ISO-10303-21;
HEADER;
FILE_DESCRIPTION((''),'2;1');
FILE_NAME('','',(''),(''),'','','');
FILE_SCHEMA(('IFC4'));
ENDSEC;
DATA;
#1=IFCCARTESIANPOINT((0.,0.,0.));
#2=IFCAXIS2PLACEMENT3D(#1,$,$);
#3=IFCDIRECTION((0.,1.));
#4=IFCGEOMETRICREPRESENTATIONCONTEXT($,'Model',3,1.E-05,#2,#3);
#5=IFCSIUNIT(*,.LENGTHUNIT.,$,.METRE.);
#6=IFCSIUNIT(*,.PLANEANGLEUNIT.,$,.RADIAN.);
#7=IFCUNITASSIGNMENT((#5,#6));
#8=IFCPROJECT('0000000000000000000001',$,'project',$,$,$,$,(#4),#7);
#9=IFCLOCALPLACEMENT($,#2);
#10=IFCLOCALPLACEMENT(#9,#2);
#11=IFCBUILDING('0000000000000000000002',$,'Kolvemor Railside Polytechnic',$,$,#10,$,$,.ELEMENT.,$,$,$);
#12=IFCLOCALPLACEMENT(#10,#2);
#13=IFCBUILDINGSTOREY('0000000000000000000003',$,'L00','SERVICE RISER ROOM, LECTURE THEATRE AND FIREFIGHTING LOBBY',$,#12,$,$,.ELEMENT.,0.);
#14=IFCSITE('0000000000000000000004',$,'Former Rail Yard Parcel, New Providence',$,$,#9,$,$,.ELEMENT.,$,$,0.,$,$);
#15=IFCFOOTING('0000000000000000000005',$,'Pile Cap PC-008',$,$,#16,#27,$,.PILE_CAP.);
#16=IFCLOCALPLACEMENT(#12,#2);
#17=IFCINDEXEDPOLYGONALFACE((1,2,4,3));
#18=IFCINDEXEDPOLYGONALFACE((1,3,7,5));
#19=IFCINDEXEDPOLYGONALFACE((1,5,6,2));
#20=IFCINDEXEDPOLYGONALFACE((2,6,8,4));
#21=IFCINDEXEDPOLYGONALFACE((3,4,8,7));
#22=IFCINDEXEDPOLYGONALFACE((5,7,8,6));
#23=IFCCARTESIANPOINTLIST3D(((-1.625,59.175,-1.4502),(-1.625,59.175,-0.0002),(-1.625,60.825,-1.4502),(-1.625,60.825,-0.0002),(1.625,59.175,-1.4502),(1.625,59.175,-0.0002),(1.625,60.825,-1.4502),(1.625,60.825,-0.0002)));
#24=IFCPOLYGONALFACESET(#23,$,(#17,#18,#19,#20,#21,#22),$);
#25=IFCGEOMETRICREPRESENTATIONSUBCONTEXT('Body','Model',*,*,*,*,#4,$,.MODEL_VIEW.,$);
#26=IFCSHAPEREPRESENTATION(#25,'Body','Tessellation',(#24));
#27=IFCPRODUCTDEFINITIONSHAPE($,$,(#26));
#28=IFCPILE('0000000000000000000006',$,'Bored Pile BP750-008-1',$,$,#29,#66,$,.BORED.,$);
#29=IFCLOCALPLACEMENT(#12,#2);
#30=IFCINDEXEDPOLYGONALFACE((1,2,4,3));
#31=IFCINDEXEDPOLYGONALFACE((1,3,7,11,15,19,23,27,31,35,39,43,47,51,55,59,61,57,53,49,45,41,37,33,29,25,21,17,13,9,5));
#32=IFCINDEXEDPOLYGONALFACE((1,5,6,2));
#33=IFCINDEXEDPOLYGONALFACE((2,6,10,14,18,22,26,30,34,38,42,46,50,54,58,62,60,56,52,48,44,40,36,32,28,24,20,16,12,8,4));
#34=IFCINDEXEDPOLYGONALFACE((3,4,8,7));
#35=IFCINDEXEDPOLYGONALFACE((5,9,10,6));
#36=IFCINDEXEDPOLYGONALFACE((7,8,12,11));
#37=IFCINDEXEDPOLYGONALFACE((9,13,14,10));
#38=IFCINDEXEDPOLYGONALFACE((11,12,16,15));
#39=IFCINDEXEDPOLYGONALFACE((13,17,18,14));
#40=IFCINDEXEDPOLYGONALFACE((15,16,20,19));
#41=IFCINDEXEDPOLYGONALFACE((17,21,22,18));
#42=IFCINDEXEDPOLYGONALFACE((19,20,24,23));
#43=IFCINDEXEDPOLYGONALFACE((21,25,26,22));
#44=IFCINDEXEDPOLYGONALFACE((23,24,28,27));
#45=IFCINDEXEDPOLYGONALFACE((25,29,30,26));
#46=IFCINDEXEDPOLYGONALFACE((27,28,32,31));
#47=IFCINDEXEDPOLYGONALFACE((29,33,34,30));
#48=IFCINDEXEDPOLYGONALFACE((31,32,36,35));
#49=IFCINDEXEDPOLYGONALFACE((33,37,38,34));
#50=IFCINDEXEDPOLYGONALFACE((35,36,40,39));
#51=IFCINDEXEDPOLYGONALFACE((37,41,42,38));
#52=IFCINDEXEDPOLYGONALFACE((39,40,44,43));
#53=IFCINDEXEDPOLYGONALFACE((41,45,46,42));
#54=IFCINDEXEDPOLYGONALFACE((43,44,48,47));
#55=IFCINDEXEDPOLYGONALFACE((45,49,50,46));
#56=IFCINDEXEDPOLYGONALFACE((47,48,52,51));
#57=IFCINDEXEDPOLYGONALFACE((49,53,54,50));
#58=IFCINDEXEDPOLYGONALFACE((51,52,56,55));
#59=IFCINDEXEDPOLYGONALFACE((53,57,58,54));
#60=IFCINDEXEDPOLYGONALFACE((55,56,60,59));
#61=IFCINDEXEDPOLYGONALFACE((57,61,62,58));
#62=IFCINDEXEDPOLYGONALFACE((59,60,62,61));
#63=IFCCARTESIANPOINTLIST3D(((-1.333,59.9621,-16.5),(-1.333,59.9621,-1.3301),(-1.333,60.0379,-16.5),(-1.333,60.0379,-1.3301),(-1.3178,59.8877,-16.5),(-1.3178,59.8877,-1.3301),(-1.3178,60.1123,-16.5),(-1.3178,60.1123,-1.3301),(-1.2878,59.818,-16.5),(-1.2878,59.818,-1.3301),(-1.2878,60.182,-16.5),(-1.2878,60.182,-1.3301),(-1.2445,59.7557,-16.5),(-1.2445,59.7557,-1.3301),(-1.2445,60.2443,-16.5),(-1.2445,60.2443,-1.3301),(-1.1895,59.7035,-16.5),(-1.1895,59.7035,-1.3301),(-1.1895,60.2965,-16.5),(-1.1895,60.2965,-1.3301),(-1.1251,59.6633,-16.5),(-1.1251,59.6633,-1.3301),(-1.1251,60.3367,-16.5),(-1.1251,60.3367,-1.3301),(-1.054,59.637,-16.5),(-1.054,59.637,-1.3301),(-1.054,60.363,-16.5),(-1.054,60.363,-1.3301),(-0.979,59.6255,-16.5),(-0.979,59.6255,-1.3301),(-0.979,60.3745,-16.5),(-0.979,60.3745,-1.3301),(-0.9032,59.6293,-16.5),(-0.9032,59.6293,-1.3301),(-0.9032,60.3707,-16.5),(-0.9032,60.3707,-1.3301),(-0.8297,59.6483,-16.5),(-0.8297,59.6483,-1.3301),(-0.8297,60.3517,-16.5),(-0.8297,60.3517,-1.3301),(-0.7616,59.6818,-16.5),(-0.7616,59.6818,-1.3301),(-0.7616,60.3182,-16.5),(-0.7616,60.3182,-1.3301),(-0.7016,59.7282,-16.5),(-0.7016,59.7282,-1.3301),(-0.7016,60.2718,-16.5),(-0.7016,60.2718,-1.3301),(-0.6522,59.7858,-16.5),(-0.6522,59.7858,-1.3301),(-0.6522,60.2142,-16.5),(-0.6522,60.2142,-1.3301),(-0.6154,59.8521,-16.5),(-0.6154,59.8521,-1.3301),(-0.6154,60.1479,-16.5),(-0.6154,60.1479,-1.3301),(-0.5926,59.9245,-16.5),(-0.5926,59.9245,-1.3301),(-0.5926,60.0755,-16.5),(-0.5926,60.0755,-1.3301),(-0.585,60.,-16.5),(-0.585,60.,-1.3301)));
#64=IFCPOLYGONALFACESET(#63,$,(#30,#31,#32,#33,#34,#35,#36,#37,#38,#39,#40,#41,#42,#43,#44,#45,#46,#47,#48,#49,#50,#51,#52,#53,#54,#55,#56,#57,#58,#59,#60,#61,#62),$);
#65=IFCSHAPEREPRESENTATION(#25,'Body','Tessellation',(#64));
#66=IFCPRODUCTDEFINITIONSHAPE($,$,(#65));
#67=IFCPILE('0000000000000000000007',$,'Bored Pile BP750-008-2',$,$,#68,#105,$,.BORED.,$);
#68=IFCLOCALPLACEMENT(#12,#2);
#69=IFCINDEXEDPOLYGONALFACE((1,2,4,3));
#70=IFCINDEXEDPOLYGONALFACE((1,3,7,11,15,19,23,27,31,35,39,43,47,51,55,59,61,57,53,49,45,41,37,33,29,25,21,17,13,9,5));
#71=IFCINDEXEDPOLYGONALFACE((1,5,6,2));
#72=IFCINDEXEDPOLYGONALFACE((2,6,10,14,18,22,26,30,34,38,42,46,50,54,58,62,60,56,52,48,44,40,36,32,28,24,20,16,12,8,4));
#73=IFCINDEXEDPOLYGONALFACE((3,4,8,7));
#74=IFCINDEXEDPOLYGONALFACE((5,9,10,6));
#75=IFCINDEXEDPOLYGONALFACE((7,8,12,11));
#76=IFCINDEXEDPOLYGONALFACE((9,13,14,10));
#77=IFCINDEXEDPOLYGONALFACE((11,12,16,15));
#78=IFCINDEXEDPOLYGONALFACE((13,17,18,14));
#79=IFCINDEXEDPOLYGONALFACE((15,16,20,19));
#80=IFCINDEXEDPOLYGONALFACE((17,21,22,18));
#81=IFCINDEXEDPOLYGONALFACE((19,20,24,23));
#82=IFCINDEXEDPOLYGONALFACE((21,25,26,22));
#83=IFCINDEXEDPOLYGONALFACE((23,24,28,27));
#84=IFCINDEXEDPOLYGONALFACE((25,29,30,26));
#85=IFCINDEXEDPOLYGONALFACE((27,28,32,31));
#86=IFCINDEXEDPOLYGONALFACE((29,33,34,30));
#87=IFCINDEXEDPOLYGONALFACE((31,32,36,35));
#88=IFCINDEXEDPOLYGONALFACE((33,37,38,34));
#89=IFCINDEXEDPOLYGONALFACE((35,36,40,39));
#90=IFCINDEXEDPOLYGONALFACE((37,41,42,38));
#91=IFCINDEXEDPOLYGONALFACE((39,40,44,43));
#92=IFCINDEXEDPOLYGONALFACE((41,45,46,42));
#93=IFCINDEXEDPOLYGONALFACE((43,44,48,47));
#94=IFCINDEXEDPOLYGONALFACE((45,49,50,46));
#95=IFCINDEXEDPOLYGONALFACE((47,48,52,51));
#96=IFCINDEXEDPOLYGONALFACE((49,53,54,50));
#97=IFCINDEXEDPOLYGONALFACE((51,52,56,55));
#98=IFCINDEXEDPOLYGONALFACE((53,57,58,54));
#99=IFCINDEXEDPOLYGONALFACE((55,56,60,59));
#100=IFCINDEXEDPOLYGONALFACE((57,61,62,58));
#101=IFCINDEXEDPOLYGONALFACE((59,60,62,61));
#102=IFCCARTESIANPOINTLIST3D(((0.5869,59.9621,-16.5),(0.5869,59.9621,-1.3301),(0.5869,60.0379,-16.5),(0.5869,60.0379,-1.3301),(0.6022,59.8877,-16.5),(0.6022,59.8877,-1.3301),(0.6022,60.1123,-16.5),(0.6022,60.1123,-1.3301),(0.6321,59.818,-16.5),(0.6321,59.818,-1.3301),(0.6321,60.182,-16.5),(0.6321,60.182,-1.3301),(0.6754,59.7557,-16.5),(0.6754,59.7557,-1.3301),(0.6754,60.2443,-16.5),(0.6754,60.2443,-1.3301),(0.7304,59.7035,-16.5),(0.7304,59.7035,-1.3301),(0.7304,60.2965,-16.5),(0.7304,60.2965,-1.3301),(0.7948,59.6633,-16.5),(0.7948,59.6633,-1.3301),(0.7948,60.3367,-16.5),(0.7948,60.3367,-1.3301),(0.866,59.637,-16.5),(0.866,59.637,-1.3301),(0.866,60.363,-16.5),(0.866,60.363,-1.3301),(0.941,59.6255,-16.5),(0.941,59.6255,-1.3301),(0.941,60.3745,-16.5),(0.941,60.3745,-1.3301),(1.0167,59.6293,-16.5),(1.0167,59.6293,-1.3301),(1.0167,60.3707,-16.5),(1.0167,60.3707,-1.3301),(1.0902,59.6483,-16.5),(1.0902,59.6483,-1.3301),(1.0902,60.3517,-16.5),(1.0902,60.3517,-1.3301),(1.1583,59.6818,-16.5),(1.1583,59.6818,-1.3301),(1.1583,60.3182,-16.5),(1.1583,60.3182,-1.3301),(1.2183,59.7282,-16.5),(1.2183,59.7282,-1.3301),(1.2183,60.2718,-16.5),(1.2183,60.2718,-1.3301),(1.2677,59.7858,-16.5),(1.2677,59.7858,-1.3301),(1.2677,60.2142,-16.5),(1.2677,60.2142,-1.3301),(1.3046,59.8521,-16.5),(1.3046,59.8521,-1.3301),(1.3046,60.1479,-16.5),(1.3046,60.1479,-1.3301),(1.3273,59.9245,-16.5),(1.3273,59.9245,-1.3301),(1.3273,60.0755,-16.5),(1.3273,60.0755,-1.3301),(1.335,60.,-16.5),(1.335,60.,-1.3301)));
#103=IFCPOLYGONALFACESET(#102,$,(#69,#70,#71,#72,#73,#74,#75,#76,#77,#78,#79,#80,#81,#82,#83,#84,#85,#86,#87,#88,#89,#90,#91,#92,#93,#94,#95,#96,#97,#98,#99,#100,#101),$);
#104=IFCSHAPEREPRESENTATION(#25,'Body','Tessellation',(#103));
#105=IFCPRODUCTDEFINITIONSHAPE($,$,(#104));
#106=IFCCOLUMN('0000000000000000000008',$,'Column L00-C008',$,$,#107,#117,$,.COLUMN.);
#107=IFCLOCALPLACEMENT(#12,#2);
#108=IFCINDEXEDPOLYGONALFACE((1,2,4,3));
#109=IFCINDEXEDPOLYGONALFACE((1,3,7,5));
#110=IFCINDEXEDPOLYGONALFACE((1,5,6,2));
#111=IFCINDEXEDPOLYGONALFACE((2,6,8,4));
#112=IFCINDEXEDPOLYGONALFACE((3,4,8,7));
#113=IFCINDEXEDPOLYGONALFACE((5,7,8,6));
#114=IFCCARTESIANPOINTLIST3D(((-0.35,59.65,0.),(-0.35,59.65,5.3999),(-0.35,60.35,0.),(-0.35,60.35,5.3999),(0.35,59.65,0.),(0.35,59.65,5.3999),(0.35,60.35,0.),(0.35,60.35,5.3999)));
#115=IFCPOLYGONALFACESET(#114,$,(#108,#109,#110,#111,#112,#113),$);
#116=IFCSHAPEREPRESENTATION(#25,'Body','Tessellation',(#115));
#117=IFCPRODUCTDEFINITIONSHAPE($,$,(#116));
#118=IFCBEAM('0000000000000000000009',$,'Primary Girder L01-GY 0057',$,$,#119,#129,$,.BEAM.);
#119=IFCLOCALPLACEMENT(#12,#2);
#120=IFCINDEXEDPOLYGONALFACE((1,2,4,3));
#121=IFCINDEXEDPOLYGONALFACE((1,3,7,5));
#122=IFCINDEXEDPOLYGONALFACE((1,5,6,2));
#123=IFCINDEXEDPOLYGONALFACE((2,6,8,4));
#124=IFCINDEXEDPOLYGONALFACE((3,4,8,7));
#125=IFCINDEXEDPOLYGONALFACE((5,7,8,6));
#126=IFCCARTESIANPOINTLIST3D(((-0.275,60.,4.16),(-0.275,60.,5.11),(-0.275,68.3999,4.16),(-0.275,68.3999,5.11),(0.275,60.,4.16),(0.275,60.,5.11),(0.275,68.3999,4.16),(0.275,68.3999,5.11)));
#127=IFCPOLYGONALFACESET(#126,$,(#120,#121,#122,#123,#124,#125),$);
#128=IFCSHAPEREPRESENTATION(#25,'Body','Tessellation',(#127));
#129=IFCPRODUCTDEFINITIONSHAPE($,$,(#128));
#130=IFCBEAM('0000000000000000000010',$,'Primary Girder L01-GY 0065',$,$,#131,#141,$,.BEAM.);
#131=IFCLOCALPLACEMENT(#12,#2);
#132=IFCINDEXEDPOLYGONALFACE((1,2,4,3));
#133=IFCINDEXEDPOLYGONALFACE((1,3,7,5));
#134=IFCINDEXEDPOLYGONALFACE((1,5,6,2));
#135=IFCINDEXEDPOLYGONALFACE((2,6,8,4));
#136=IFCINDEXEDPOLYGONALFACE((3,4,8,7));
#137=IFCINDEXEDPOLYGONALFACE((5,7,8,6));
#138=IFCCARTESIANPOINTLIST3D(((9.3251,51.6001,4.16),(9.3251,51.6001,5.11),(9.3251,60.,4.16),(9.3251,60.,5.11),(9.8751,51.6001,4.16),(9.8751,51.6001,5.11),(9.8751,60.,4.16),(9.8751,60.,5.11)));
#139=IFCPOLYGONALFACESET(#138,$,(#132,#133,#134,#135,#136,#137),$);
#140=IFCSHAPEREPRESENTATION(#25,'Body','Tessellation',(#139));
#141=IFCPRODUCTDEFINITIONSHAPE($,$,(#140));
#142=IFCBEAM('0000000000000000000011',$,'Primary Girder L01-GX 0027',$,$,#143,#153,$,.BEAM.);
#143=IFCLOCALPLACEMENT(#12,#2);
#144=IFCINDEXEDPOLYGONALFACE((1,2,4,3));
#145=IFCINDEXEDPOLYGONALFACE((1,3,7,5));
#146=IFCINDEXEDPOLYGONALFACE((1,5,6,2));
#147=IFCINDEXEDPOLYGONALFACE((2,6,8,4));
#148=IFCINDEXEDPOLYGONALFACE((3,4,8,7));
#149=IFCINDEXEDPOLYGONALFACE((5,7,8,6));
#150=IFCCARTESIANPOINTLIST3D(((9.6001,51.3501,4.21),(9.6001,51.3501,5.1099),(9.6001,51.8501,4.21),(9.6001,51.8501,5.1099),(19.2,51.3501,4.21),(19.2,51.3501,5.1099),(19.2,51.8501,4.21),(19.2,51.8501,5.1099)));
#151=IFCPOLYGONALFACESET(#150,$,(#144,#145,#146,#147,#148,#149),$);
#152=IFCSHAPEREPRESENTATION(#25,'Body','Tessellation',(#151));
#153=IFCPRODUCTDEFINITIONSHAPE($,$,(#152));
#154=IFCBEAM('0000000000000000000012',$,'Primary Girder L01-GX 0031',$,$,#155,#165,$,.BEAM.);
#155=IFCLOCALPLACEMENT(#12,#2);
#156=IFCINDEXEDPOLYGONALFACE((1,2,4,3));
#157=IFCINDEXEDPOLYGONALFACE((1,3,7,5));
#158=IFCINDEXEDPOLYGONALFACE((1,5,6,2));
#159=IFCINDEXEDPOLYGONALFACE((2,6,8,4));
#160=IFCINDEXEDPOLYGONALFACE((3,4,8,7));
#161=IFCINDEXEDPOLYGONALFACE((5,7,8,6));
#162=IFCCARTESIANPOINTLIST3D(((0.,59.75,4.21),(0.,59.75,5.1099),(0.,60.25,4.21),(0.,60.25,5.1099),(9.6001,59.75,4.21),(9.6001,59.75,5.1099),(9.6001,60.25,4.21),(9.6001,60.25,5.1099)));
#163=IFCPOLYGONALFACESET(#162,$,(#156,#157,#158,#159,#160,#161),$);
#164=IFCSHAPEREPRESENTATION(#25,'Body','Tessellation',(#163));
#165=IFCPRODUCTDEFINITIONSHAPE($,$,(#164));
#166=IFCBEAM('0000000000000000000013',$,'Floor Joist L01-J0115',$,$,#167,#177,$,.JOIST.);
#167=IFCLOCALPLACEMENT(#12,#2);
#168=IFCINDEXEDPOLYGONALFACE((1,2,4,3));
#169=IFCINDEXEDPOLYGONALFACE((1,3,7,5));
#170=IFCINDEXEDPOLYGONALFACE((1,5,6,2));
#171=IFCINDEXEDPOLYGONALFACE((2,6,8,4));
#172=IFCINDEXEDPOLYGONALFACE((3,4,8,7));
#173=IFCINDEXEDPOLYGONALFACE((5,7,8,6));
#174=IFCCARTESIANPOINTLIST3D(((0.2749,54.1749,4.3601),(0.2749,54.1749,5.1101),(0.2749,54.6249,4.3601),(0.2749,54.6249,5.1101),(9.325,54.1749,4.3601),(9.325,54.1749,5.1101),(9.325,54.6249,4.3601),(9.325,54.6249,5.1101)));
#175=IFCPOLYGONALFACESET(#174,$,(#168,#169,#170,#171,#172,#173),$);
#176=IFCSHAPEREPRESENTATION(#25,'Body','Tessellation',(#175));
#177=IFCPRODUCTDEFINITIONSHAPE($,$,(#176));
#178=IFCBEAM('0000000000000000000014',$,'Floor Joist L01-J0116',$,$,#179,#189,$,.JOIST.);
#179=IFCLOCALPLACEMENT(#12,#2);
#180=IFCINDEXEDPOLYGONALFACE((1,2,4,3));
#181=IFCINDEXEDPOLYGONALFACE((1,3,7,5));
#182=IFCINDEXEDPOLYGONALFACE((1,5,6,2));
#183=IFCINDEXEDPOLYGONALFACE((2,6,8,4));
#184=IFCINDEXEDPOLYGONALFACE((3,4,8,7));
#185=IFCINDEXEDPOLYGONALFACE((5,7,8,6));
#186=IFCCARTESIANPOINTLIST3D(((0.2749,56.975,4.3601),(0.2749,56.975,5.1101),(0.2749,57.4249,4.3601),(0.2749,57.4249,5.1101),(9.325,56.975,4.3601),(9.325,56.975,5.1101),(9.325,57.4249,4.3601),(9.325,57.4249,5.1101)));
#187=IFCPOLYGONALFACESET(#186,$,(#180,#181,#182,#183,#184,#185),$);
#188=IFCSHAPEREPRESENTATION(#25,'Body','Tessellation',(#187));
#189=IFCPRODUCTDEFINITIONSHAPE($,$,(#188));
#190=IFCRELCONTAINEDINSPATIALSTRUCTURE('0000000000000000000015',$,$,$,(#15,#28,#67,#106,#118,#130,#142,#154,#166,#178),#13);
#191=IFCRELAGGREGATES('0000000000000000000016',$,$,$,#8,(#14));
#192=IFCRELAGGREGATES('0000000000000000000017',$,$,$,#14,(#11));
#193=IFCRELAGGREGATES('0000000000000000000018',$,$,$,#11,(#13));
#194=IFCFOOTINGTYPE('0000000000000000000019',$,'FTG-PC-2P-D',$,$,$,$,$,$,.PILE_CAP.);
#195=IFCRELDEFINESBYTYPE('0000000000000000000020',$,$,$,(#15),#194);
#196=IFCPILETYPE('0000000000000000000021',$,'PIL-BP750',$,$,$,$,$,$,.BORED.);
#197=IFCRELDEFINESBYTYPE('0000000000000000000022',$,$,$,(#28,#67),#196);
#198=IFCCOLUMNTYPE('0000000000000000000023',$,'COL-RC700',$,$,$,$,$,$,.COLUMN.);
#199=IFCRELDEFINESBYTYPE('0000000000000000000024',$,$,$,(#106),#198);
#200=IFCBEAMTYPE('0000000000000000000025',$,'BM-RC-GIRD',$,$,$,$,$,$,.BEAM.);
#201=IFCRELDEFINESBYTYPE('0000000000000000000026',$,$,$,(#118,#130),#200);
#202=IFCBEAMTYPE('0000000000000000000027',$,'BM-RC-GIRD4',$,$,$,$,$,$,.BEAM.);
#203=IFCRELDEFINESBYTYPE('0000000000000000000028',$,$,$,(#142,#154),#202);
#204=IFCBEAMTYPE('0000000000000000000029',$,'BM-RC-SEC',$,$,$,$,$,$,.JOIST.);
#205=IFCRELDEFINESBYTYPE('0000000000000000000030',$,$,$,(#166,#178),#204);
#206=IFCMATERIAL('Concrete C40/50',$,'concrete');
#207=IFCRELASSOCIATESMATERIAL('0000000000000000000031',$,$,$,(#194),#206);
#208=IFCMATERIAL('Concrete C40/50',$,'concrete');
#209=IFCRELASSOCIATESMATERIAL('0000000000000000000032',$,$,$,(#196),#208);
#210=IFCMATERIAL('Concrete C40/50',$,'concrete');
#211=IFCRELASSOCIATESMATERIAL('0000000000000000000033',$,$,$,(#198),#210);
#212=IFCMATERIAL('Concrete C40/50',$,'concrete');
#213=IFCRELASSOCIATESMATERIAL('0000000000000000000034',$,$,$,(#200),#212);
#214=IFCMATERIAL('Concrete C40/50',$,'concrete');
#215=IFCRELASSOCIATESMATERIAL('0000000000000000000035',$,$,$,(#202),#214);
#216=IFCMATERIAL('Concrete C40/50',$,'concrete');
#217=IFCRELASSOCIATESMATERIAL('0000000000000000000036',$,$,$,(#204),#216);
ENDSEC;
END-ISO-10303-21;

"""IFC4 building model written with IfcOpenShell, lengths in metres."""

from ifc_helpers import new_model, si_unit, direction, frame, origin, origin_2d, place, context, subcontext, project, spatial, rectangle, circle, extrude, material, material_profile, profile_set, type_object, element, save


model = new_model("IFC4")

# Units and contexts
model_context = context("Model", 3, precision=1e-05, world=origin(), true_north=direction((0.0, 1.0)))
body_context = subcontext(model_context, "Body", "Model", "MODEL_VIEW")
ifc_project = project(units=[si_unit("LENGTHUNIT", "METRE"), si_unit("PLANEANGLEUNIT", "RADIAN")], contexts=[model_context])

# Site, building, storey
site_placement = place(None, origin())
site = spatial("IfcSite", under=ifc_project, at=site_placement, Name="Former Rail Yard Parcel, New Providence", CompositionType="ELEMENT", RefElevation=0.0)
building_placement = place(site_placement, origin())
building = spatial("IfcBuilding", under=site, at=building_placement, Name="Kolvemor Railside Polytechnic", CompositionType="ELEMENT")
storey_placement = place(building_placement, origin())
storey = spatial("IfcBuildingStorey", under=building, at=storey_placement, Name="L00", Description="SERVICE RISER ROOM, LECTURE THEATRE AND FIREFIGHTING LOBBY", CompositionType="ELEMENT", Elevation=0.0)

# Footing
ifc_material_1 = material(Name="Concrete C40/50", Category="concrete")
footing_type = type_object("IfcFootingType", Name="FTG-PC-2P-D", PredefinedType="PILE_CAP", material=ifc_material_1)
footing_placement = place(storey_placement, frame((0.0, 60.0, -1.4502), z_axis=(0.0, 0.0, 1.0), x_axis=(1.0, 0.0, 0.0)))
element("IfcFooting", 1, at=footing_placement, inside=storey, type_object=footing_type, Name="Pile Cap PC-008", PredefinedType="PILE_CAP", context=body_context, shape_type="SweptSolid", body=[
    extrude(rectangle(XDim=3.25, YDim=1.6499, at=origin_2d()), origin(), (0.0, 0.0, 1.0), 1.45),
])

# Piles
ifc_material_2 = material(Name="Concrete C40/50", Category="concrete")
ifc_material_profile_1 = material_profile(ifc_material_2, circle(Radius=0.375, at=origin_2d()), Name="BP750")
ifc_profile_set_1 = profile_set([ifc_material_profile_1], Name="Concrete C40/50")
pile_type = type_object("IfcPileType", Name="PIL-BP750", PredefinedType="BORED", material=ifc_profile_set_1)
for number, where, z_axis, x_axis, name in (
    (2, (-0.96, 60.0, -1.3301), (0.0, 0.0, -1.0), (1.0, 0.0, 0.0), "Bored Pile BP750-008-1"),
    (3, (0.96, 60.0, -1.3301), (0.0, 0.0, -1.0), (1.0, 0.0, 0.0), "Bored Pile BP750-008-2"),
):
    element("IfcPile", number, at=place(storey_placement, frame(where, z_axis=z_axis, x_axis=x_axis)), inside=storey, type_object=pile_type, Name=name, PredefinedType="BORED", context=body_context, shape_type="SweptSolid", body=[
        extrude(circle(Radius=0.375, at=origin_2d()), origin(), (0.0, 0.0, 1.0), 15.1699),
    ])

# Column
ifc_material_3 = material(Name="Concrete C40/50", Category="concrete")
ifc_material_profile_2 = material_profile(ifc_material_3, rectangle(XDim=0.7, YDim=0.7, at=origin_2d()), Name="RC700x700")
ifc_profile_set_2 = profile_set([ifc_material_profile_2], Name="Concrete C40/50")
column_type = type_object("IfcColumnType", Name="COL-RC700", PredefinedType="COLUMN", material=ifc_profile_set_2)
column_placement = place(storey_placement, frame((0.0, 60.0, 0.0), z_axis=(0.0, 0.0, 1.0), x_axis=(1.0, 0.0, 0.0)))
element("IfcColumn", 4, at=column_placement, inside=storey, type_object=column_type, Name="Column L00-C008", PredefinedType="COLUMN", context=body_context, shape_type="SweptSolid", body=[
    extrude(rectangle(XDim=0.7, YDim=0.7, at=origin_2d()), origin(), (0.0, 0.0, 1.0), 5.3999),
])

# Beams
ifc_material_4 = material(Name="Concrete C40/50", Category="concrete")
ifc_material_profile_3 = material_profile(ifc_material_4, rectangle(XDim=0.55, YDim=0.95, at=origin_2d()), Name="RC550x950")
ifc_profile_set_3 = profile_set([ifc_material_profile_3], Name="Concrete C40/50")
beam_type_1 = type_object("IfcBeamType", Name="BM-RC-GIRD", PredefinedType="BEAM", material=ifc_profile_set_3)
for number, where, z_axis, x_axis, name in (
    (5, (0.0, 60.0, 4.635), (0.0, 1.0, 0.0), (-1.0, 0.0, 0.0), "Primary Girder L01-GY 0057"),
    (6, (9.6001, 51.6001, 4.635), (0.0, 1.0, 0.0), (-1.0, 0.0, 0.0), "Primary Girder L01-GY 0065"),
):
    element("IfcBeam", number, at=place(storey_placement, frame(where, z_axis=z_axis, x_axis=x_axis)), inside=storey, type_object=beam_type_1, Name=name, PredefinedType="BEAM", context=body_context, shape_type="SweptSolid", body=[
        extrude(rectangle(XDim=0.55, YDim=0.95, at=origin_2d()), origin(), (0.0, 0.0, 1.0), 8.3999),
    ])
ifc_material_5 = material(Name="Concrete C40/50", Category="concrete")
ifc_material_profile_4 = material_profile(ifc_material_5, rectangle(XDim=0.5, YDim=0.8999, at=origin_2d()), Name="RC500x900")
ifc_profile_set_4 = profile_set([ifc_material_profile_4], Name="Concrete C40/50")
beam_type_2 = type_object("IfcBeamType", Name="BM-RC-GIRD4", PredefinedType="BEAM", material=ifc_profile_set_4)
beam_1_placement = place(storey_placement, frame((9.6001, 51.6001, 4.6599), z_axis=(1.0, 0.0, 0.0), x_axis=(0.0, 1.0, 0.0)))
element("IfcBeam", 7, at=beam_1_placement, inside=storey, type_object=beam_type_2, Name="Primary Girder L01-GX 0027", PredefinedType="BEAM", context=body_context, shape_type="SweptSolid", body=[
    extrude(rectangle(XDim=0.5, YDim=0.8999, at=origin_2d()), origin(), (0.0, 0.0, 1.0), 9.5999),
])
beam_2_placement = place(storey_placement, frame((0.0, 60.0, 4.6599), z_axis=(1.0, 0.0, 0.0), x_axis=(0.0, 1.0, 0.0)))
element("IfcBeam", 8, at=beam_2_placement, inside=storey, type_object=beam_type_2, Name="Primary Girder L01-GX 0031", PredefinedType="BEAM", context=body_context, shape_type="SweptSolid", body=[
    extrude(rectangle(XDim=0.5, YDim=0.8999, at=origin_2d()), origin(), (0.0, 0.0, 1.0), 9.6001),
])
ifc_material_6 = material(Name="Concrete C40/50", Category="concrete")
ifc_material_profile_5 = material_profile(ifc_material_6, rectangle(XDim=0.45, YDim=0.75, at=origin_2d()), Name="RC450x750")
ifc_profile_set_5 = profile_set([ifc_material_profile_5], Name="Concrete C40/50")
beam_type_3 = type_object("IfcBeamType", Name="BM-RC-SEC", PredefinedType="JOIST", material=ifc_profile_set_5)
for number, where, z_axis, x_axis, name in (
    (9, (0.2749, 54.3999, 4.7351), (1.0, 0.0, 0.0), (0.0, 1.0, 0.0), "Floor Joist L01-J0115"),
    (10, (0.2749, 57.2, 4.7351), (1.0, 0.0, 0.0), (0.0, 1.0, 0.0), "Floor Joist L01-J0116"),
):
    element("IfcBeam", number, at=place(storey_placement, frame(where, z_axis=z_axis, x_axis=x_axis)), inside=storey, type_object=beam_type_3, Name=name, PredefinedType="JOIST", context=body_context, shape_type="SweptSolid", body=[
        extrude(rectangle(XDim=0.45, YDim=0.75, at=origin_2d()), origin(), (0.0, 0.0, 1.0), 9.05),
    ])

save(model, "model.ifc")
